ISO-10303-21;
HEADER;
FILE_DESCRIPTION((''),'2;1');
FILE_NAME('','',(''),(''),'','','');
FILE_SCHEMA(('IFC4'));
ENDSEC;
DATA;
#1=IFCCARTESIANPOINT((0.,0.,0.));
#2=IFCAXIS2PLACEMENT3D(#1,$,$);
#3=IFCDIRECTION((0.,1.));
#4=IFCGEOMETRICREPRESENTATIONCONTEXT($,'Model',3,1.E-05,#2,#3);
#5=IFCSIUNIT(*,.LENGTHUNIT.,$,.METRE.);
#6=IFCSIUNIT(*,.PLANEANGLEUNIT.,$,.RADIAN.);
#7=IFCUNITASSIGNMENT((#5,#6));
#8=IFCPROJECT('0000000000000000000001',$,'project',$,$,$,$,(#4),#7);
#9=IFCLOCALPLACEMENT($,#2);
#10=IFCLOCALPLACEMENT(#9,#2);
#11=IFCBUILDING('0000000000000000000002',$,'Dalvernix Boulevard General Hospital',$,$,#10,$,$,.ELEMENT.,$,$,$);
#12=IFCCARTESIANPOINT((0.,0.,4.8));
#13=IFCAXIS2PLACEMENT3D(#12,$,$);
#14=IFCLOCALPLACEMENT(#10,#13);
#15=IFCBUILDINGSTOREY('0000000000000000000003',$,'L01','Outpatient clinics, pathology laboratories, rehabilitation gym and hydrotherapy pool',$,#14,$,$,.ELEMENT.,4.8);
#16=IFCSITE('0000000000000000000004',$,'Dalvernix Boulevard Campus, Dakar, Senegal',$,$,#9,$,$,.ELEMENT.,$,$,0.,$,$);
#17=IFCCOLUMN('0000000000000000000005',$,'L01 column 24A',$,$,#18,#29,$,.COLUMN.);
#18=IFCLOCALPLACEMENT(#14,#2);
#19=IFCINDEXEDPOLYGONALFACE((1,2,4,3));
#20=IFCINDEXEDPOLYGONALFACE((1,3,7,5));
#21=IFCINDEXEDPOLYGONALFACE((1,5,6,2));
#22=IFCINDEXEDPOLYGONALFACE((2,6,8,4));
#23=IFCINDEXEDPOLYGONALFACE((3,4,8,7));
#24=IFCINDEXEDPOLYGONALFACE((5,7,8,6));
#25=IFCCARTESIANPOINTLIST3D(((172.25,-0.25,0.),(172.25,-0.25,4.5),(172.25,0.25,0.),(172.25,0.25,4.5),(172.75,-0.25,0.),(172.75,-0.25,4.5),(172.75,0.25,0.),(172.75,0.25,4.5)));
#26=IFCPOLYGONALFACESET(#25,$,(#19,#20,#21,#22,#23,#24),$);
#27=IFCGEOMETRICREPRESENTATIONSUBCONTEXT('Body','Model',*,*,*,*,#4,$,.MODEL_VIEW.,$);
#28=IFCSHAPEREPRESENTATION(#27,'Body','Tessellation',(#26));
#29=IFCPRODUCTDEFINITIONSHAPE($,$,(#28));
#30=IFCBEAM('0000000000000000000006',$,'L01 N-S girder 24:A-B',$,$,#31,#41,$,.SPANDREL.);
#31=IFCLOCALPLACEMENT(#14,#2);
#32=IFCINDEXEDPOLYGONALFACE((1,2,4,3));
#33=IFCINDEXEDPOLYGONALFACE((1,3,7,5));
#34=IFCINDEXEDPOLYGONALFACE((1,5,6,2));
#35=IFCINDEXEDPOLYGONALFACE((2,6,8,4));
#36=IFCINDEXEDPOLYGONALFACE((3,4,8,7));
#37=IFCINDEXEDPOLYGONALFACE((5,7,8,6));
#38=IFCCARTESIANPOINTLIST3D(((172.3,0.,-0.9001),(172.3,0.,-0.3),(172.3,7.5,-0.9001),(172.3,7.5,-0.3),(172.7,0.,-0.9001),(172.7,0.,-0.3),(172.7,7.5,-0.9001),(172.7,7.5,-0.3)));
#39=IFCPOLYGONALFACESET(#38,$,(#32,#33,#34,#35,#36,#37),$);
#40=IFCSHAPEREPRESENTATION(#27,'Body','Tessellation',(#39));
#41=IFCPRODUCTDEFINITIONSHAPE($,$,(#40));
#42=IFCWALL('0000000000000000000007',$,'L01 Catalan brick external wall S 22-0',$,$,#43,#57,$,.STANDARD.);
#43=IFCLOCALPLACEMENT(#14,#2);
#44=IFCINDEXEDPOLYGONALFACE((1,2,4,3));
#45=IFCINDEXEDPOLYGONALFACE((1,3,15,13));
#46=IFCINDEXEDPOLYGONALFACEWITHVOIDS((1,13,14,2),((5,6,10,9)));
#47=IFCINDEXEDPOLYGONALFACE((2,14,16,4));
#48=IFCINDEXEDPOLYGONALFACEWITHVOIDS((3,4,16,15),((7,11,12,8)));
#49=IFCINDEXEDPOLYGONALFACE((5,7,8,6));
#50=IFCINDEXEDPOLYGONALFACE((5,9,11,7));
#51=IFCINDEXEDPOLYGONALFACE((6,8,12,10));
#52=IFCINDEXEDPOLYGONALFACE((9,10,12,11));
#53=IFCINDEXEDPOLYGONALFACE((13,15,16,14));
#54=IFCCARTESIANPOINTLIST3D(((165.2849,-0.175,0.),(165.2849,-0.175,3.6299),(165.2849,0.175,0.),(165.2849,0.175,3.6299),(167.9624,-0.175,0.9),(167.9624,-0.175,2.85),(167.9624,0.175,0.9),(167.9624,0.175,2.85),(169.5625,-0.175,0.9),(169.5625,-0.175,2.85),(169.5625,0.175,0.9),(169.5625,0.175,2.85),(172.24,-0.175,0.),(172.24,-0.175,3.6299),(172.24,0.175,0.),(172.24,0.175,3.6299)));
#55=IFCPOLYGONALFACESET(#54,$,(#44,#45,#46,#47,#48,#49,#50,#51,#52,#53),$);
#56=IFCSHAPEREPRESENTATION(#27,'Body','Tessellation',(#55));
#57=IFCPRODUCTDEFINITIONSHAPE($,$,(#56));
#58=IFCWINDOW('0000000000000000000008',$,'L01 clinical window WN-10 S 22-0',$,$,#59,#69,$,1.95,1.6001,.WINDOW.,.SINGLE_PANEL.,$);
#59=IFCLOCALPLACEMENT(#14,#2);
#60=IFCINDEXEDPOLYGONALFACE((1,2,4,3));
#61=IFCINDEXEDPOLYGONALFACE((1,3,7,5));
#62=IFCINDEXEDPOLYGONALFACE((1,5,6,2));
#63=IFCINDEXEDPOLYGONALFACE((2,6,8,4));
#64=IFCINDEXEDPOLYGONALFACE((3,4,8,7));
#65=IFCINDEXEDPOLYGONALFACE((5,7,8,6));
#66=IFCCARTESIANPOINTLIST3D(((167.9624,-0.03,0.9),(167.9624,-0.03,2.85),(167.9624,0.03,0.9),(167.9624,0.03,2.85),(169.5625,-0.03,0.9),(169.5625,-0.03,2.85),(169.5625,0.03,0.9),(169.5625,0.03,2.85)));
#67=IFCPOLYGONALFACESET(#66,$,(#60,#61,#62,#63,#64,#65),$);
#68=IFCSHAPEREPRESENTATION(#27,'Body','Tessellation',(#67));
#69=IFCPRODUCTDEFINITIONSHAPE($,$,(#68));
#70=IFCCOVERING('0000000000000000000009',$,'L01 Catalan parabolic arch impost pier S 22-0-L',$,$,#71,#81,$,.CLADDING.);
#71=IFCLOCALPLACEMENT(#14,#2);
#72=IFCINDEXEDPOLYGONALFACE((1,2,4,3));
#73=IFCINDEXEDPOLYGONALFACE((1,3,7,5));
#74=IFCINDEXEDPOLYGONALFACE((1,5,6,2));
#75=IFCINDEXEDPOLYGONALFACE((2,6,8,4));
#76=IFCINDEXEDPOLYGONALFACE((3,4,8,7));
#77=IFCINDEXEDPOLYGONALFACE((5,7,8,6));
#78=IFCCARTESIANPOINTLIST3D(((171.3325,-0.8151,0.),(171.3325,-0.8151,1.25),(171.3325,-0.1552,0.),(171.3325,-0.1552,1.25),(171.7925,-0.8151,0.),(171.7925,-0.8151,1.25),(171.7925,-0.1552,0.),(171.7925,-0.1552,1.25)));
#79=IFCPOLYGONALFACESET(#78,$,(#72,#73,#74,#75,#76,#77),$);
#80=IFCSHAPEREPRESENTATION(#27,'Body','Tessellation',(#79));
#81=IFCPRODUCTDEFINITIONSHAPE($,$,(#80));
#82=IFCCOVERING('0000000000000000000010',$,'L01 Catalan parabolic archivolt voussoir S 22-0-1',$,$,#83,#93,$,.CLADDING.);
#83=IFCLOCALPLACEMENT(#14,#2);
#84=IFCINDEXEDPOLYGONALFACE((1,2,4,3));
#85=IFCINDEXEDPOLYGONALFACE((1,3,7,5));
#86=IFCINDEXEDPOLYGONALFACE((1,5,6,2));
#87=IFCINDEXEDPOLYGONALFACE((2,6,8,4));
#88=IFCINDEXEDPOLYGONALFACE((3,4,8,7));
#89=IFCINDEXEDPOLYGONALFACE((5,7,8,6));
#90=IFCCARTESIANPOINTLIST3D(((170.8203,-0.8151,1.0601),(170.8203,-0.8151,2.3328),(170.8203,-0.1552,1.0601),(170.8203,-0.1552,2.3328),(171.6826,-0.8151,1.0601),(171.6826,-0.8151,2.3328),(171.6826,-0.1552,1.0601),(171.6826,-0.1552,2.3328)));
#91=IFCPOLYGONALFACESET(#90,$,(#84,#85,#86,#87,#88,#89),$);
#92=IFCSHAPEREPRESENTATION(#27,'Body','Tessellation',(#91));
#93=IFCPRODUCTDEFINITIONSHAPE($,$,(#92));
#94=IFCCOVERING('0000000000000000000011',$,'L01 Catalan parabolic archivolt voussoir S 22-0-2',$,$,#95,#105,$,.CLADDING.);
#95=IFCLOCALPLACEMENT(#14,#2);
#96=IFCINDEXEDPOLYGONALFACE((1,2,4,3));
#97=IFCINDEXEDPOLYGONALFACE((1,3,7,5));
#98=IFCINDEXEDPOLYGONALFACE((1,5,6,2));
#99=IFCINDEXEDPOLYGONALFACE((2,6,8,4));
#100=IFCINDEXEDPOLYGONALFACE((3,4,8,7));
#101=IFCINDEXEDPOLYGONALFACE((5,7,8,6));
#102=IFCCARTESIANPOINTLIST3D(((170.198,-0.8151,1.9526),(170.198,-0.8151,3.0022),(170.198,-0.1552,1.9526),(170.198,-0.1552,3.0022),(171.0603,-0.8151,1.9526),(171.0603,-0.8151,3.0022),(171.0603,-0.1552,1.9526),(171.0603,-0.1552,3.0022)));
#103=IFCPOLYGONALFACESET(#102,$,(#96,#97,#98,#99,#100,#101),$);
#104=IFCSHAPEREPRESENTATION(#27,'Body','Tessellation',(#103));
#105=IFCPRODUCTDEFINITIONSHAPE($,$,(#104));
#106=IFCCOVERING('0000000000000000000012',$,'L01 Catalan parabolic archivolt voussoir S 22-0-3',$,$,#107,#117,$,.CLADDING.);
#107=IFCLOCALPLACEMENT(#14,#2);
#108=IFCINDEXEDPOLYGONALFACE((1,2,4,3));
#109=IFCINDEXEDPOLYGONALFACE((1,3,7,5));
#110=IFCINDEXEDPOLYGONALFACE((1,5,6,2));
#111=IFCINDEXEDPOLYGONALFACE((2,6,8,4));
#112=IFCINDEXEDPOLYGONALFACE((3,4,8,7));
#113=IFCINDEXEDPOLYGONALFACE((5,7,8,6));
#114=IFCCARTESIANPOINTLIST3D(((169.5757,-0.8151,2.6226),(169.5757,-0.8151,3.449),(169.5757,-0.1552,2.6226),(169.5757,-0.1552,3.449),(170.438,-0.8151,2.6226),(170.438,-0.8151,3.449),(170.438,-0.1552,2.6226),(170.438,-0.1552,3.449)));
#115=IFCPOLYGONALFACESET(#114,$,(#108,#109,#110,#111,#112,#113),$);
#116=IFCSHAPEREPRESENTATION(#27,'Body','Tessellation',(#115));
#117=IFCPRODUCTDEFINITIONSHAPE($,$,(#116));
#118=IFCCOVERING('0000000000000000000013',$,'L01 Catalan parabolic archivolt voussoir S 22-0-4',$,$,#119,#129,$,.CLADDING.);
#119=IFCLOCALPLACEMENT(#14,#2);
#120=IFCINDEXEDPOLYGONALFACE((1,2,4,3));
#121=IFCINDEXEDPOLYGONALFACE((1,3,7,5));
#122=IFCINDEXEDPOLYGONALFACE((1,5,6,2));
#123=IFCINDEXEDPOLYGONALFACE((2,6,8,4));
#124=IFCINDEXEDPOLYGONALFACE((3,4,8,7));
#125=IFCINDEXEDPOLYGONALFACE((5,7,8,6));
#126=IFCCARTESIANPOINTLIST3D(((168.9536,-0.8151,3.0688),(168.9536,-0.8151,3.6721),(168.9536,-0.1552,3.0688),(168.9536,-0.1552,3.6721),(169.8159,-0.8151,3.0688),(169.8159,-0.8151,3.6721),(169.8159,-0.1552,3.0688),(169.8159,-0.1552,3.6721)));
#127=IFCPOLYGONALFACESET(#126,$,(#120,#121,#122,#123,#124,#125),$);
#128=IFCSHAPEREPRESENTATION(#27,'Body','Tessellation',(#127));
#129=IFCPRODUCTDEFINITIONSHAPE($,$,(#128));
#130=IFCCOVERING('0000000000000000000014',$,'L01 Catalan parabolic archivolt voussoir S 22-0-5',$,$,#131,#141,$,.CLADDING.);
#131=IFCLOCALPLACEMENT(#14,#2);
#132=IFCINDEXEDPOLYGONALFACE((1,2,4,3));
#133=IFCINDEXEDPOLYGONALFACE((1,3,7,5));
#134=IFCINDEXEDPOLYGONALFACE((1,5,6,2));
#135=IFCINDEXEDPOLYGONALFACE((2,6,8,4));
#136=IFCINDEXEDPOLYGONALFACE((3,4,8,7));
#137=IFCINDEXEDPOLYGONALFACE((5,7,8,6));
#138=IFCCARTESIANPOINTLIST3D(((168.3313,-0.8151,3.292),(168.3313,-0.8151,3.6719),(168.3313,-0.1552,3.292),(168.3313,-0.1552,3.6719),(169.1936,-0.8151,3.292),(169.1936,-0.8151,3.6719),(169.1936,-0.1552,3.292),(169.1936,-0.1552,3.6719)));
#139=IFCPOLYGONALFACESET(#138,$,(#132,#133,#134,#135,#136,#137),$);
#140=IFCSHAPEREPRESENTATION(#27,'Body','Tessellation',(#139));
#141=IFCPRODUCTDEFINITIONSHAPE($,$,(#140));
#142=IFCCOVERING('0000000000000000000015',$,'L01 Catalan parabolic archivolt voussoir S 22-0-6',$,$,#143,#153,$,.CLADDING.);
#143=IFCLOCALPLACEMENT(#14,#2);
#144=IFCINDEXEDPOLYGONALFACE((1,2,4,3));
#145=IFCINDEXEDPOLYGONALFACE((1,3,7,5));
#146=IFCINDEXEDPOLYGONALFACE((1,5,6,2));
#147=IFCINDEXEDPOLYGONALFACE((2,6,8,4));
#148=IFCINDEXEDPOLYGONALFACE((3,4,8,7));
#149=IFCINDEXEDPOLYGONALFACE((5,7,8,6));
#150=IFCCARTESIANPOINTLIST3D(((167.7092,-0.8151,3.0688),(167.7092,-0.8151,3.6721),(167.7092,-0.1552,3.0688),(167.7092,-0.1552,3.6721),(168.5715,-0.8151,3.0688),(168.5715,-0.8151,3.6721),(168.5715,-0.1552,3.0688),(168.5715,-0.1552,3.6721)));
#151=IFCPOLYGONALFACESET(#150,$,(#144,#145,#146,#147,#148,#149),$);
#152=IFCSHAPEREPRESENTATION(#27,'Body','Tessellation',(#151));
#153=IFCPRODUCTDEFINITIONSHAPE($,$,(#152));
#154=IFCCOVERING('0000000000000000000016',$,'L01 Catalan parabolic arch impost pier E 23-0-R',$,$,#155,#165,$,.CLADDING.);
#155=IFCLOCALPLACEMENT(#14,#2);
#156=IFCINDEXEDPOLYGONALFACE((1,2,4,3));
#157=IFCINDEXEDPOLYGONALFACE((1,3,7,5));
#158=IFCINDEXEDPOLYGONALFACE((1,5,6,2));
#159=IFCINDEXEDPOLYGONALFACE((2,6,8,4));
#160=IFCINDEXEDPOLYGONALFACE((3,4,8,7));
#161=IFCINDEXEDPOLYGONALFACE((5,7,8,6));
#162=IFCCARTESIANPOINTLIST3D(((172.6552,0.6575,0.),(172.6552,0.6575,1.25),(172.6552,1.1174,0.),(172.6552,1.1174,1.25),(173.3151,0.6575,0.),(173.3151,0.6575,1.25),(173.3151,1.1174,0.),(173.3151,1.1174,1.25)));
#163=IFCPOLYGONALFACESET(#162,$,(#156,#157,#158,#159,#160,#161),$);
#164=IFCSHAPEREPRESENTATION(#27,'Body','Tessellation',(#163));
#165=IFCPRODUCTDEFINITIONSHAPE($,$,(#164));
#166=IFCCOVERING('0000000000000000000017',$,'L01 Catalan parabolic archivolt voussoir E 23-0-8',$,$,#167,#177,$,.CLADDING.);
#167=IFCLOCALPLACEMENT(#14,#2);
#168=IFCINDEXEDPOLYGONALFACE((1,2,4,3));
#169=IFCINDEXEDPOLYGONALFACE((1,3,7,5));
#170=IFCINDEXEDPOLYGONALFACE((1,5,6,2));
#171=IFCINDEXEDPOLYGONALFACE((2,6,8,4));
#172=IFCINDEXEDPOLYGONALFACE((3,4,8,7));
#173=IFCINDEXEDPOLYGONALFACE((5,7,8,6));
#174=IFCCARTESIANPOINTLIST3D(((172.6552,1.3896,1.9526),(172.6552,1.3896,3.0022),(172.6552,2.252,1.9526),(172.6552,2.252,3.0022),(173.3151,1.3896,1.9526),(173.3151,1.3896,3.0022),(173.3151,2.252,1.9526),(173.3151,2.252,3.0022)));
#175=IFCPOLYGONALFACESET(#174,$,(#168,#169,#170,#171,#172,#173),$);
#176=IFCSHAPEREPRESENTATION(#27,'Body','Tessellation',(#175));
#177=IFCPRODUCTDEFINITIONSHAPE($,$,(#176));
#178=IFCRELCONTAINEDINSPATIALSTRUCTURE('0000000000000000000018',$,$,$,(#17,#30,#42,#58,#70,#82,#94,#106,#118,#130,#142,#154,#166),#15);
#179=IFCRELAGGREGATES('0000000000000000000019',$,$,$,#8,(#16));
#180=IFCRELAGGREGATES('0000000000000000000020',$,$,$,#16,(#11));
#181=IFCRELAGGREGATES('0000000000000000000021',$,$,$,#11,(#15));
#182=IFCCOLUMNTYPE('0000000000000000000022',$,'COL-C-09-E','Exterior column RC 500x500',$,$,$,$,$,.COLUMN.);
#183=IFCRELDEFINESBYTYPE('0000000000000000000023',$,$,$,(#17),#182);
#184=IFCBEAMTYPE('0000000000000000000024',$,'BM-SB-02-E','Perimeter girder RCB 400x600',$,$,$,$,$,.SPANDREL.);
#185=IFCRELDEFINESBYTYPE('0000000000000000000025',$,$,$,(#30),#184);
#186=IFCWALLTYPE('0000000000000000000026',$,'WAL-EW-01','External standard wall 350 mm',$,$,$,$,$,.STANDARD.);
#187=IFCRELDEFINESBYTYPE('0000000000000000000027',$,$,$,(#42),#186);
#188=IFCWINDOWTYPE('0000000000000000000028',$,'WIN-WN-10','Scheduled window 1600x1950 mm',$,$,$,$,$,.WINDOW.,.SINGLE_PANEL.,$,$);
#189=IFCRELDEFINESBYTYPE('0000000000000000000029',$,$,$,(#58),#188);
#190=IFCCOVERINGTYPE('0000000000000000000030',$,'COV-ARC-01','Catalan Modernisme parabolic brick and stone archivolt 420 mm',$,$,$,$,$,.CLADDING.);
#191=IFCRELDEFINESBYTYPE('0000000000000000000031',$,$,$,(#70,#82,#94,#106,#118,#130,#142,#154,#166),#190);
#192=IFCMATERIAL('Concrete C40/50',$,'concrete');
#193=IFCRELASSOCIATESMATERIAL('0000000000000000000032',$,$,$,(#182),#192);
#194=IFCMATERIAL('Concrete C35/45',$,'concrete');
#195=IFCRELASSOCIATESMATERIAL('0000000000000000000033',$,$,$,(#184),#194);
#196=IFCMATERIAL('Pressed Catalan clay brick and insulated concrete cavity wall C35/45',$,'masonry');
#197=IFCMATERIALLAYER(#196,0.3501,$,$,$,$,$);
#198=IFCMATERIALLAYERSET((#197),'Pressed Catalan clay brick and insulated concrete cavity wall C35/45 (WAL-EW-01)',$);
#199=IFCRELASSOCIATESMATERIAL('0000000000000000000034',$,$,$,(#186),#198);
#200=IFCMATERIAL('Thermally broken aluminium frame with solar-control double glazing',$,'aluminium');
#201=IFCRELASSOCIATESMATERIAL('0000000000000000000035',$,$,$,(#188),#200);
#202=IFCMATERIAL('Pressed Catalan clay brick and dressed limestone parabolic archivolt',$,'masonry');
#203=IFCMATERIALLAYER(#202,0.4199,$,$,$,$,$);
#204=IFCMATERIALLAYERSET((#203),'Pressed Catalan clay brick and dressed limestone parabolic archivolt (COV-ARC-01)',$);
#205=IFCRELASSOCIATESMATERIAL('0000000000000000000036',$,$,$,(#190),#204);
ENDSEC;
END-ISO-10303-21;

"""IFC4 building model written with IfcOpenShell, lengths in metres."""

from ifc_helpers import new_model, si_unit, direction, frame, frame_2d, origin, origin_2d, place, context, subcontext, project, spatial, rectangle, extrude, material, layer, layer_set, material_profile, profile_set, type_object, element, fill, save


model = new_model("IFC4")

# Units and contexts
model_context = context("Model", 3, precision=1e-05, world=origin(), true_north=direction((0.0, 1.0)))
body_context = subcontext(model_context, "Body", "Model", "MODEL_VIEW")
ifc_project = project(units=[si_unit("LENGTHUNIT", "METRE"), si_unit("PLANEANGLEUNIT", "RADIAN")], contexts=[model_context])

# Site, building, storey
site_placement = place(None, origin())
site = spatial("IfcSite", under=ifc_project, at=site_placement, Name="Dalvernix Boulevard Campus, Dakar, Senegal", CompositionType="ELEMENT", RefElevation=0.0)
building_placement = place(site_placement, origin())
building = spatial("IfcBuilding", under=site, at=building_placement, Name="Dalvernix Boulevard General Hospital", CompositionType="ELEMENT")
storey_placement = place(building_placement, frame((0.0, 0.0, 4.8)))
storey = spatial("IfcBuildingStorey", under=building, at=storey_placement, Name="L01", Description="Outpatient clinics, pathology laboratories, rehabilitation gym and hydrotherapy pool", CompositionType="ELEMENT", Elevation=4.8)

# Column
ifc_material_1 = material(Name="Concrete C40/50", Category="concrete")
ifc_material_profile_1 = material_profile(ifc_material_1, rectangle(XDim=0.5, YDim=0.5, at=origin_2d()), Name="RC 500x500")
ifc_profile_set_1 = profile_set([ifc_material_profile_1], Name="Concrete C40/50")
column_type = type_object("IfcColumnType", Name="COL-C-09-E", Description="Exterior column RC 500x500", PredefinedType="COLUMN", material=ifc_profile_set_1)
column_placement = place(storey_placement, frame((172.5, 0.0, 0.0), z_axis=(0.0, 0.0, 1.0), x_axis=(1.0, 0.0, 0.0)))
element("IfcColumn", 1, at=column_placement, inside=storey, type_object=column_type, Name="L01 column 24A", PredefinedType="COLUMN", context=body_context, shape_type="SweptSolid", body=[
    extrude(rectangle(XDim=0.5, YDim=0.5, at=origin_2d()), origin(), (0.0, 0.0, 1.0), 4.5),
])

# Beam
ifc_material_2 = material(Name="Concrete C35/45", Category="concrete")
ifc_material_profile_2 = material_profile(ifc_material_2, rectangle(XDim=0.3999, YDim=0.6001, at=origin_2d()), Name="RCB 400x600")
ifc_profile_set_2 = profile_set([ifc_material_profile_2], Name="Concrete C35/45")
beam_type = type_object("IfcBeamType", Name="BM-SB-02-E", Description="Perimeter girder RCB 400x600", PredefinedType="SPANDREL", material=ifc_profile_set_2)
beam_placement = place(storey_placement, frame((172.5, 0.0, -0.6001), z_axis=(0.0, 1.0, 0.0), x_axis=(-1.0, 0.0, 0.0)))
element("IfcBeam", 2, at=beam_placement, inside=storey, type_object=beam_type, Name="L01 N-S girder 24:A-B", PredefinedType="SPANDREL", context=body_context, shape_type="SweptSolid", body=[
    extrude(rectangle(XDim=0.3999, YDim=0.6001, at=origin_2d()), origin(), (0.0, 0.0, 1.0), 7.5),
])

# Wall, opening, window
ifc_material_3 = material(Name="Pressed Catalan clay brick and insulated concrete cavity wall C35/45", Category="masonry")
ifc_layer_1 = layer(ifc_material_3, 0.3501)
ifc_layer_set_1 = layer_set([ifc_layer_1], Name="Pressed Catalan clay brick and insulated concrete cavity wall C35/45 (WAL-EW-01)")
wall_type = type_object("IfcWallType", Name="WAL-EW-01", Description="External standard wall 350 mm", PredefinedType="STANDARD", material=ifc_layer_set_1)
wall_placement = place(storey_placement, frame((172.24, 0.0, 0.0), z_axis=(0.0, 0.0, 1.0), x_axis=(-1.0, 0.0, 0.0)))
wall = element("IfcWall", 3, at=wall_placement, inside=storey, type_object=wall_type, Name="L01 Catalan brick external wall S 22-0", PredefinedType="STANDARD", context=body_context, shape_type="SweptSolid", body=[
    extrude(rectangle(XDim=6.9551, YDim=0.3501, at=frame_2d((3.4775, 0.0))), origin(), (0.0, 0.0, 1.0), 3.6299),
])
opening_placement = place(wall_placement, frame((2.6775, 0.0, 0.8999)))
opening = element("IfcOpeningElement", 4, at=opening_placement, cuts=wall, PredefinedType="OPENING", context=body_context, shape_type="SweptSolid", body=[
    extrude(rectangle(XDim=1.6001, YDim=1.95, at=frame_2d((0.8, 0.9751))), frame((0.0, 0.1851, 0.0), z_axis=(0.0, -1.0, 0.0), x_axis=(1.0, 0.0, 0.0)), (0.0, 0.0, 1.0), 0.3701),
])
ifc_material_4 = material(Name="Thermally broken aluminium frame with solar-control double glazing", Category="aluminium")
window_type = type_object("IfcWindowType", Name="WIN-WN-10", Description="Scheduled window 1600x1950 mm", PartitioningType="SINGLE_PANEL", PredefinedType="WINDOW", material=ifc_material_4)
window_placement = place(opening_placement, origin())
window = element("IfcWindow", 5, at=window_placement, inside=storey, type_object=window_type, Name="L01 clinical window WN-10 S 22-0", OverallHeight=1.95, OverallWidth=1.6001, PartitioningType="SINGLE_PANEL", PredefinedType="WINDOW", context=body_context, shape_type="SweptSolid", body=[
    extrude(rectangle(XDim=1.6001, YDim=1.95, at=frame_2d((0.8, 0.9751))), frame((0.0, 0.03, 0.0), z_axis=(0.0, -1.0, 0.0), x_axis=(1.0, 0.0, 0.0)), (0.0, 0.0, 1.0), 0.0601),
])
fill(opening, window)

# Coverings
ifc_material_5 = material(Name="Pressed Catalan clay brick and dressed limestone parabolic archivolt", Category="masonry")
ifc_layer_2 = layer(ifc_material_5, 0.4199)
ifc_layer_set_2 = layer_set([ifc_layer_2], Name="Pressed Catalan clay brick and dressed limestone parabolic archivolt (COV-ARC-01)")
covering_type_1 = type_object("IfcCoveringType", Name="COV-ARC-01", Description="Catalan Modernisme parabolic brick and stone archivolt 420 mm", PredefinedType="CLADDING", material=ifc_layer_set_2)
covering_1_placement = place(storey_placement, frame((171.5625, -0.4851, 0.0), z_axis=(0.0, 0.0, 1.0), x_axis=(-1.0, 0.0, 0.0)))
element("IfcCovering", 6, at=covering_1_placement, inside=storey, type_object=covering_type_1, Name="L01 Catalan parabolic arch impost pier S 22-0-L", PredefinedType="CLADDING", context=body_context, shape_type="SweptSolid", body=[
    extrude(rectangle(XDim=0.46, YDim=0.6599, at=origin_2d()), origin(), (0.0, 0.0, 1.0), 1.25),
])
covering_2_placement = place(storey_placement, frame((171.2515, -0.4851, 1.0601), z_axis=(0.0, 0.0, 1.0), x_axis=(-1.0, 0.0, 0.0)))
element("IfcCovering", 7, at=covering_2_placement, inside=storey, type_object=covering_type_1, Name="L01 Catalan parabolic archivolt voussoir S 22-0-1", PredefinedType="CLADDING", context=body_context, shape_type="SweptSolid", body=[
    extrude(rectangle(XDim=0.8623, YDim=0.6599, at=origin_2d()), origin(), (0.0, 0.0, 1.0), 1.2727),
])
covering_3_placement = place(storey_placement, frame((170.6292, -0.4851, 1.9526), z_axis=(0.0, 0.0, 1.0), x_axis=(-1.0, 0.0, 0.0)))
element("IfcCovering", 8, at=covering_3_placement, inside=storey, type_object=covering_type_1, Name="L01 Catalan parabolic archivolt voussoir S 22-0-2", PredefinedType="CLADDING", context=body_context, shape_type="SweptSolid", body=[
    extrude(rectangle(XDim=0.8623, YDim=0.6599, at=origin_2d()), origin(), (0.0, 0.0, 1.0), 1.0496),
])
covering_4_placement = place(storey_placement, frame((170.0068, -0.4851, 2.6226), z_axis=(0.0, 0.0, 1.0), x_axis=(-1.0, 0.0, 0.0)))
element("IfcCovering", 9, at=covering_4_placement, inside=storey, type_object=covering_type_1, Name="L01 Catalan parabolic archivolt voussoir S 22-0-3", PredefinedType="CLADDING", context=body_context, shape_type="SweptSolid", body=[
    extrude(rectangle(XDim=0.8623, YDim=0.6599, at=origin_2d()), origin(), (0.0, 0.0, 1.0), 0.8264),
])
covering_5_placement = place(storey_placement, frame((169.3848, -0.4851, 3.0688), z_axis=(0.0, 0.0, 1.0), x_axis=(-1.0, 0.0, 0.0)))
element("IfcCovering", 10, at=covering_5_placement, inside=storey, type_object=covering_type_1, Name="L01 Catalan parabolic archivolt voussoir S 22-0-4", PredefinedType="CLADDING", context=body_context, shape_type="SweptSolid", body=[
    extrude(rectangle(XDim=0.8623, YDim=0.6599, at=origin_2d()), origin(), (0.0, 0.0, 1.0), 0.6033),
])
covering_6_placement = place(storey_placement, frame((168.7625, -0.4851, 3.292), z_axis=(0.0, 0.0, 1.0), x_axis=(-1.0, 0.0, 0.0)))
element("IfcCovering", 11, at=covering_6_placement, inside=storey, type_object=covering_type_1, Name="L01 Catalan parabolic archivolt voussoir S 22-0-5", PredefinedType="CLADDING", context=body_context, shape_type="SweptSolid", body=[
    extrude(rectangle(XDim=0.8623, YDim=0.6599, at=origin_2d()), origin(), (0.0, 0.0, 1.0), 0.3799),
])
covering_7_placement = place(storey_placement, frame((168.1404, -0.4851, 3.0688), z_axis=(0.0, 0.0, 1.0), x_axis=(-1.0, 0.0, 0.0)))
element("IfcCovering", 12, at=covering_7_placement, inside=storey, type_object=covering_type_1, Name="L01 Catalan parabolic archivolt voussoir S 22-0-6", PredefinedType="CLADDING", context=body_context, shape_type="SweptSolid", body=[
    extrude(rectangle(XDim=0.8623, YDim=0.6599, at=origin_2d()), origin(), (0.0, 0.0, 1.0), 0.6033),
])
covering_8_placement = place(storey_placement, frame((172.9851, 0.8875, 0.0), z_axis=(0.0, 0.0, 1.0), x_axis=(0.0, -1.0, 0.0)))
element("IfcCovering", 13, at=covering_8_placement, inside=storey, type_object=covering_type_1, Name="L01 Catalan parabolic arch impost pier E 23-0-R", PredefinedType="CLADDING", context=body_context, shape_type="SweptSolid", body=[
    extrude(rectangle(XDim=0.46, YDim=0.6599, at=origin_2d()), origin(), (0.0, 0.0, 1.0), 1.25),
])
covering_9_placement = place(storey_placement, frame((172.9851, 1.8208, 1.9526), z_axis=(0.0, 0.0, 1.0), x_axis=(0.0, -1.0, 0.0)))
element("IfcCovering", 14, at=covering_9_placement, inside=storey, type_object=covering_type_1, Name="L01 Catalan parabolic archivolt voussoir E 23-0-8", PredefinedType="CLADDING", context=body_context, shape_type="SweptSolid", body=[
    extrude(rectangle(XDim=0.8623, YDim=0.6599, at=origin_2d()), origin(), (0.0, 0.0, 1.0), 1.0496),
])

save(model, "model.ifc")
